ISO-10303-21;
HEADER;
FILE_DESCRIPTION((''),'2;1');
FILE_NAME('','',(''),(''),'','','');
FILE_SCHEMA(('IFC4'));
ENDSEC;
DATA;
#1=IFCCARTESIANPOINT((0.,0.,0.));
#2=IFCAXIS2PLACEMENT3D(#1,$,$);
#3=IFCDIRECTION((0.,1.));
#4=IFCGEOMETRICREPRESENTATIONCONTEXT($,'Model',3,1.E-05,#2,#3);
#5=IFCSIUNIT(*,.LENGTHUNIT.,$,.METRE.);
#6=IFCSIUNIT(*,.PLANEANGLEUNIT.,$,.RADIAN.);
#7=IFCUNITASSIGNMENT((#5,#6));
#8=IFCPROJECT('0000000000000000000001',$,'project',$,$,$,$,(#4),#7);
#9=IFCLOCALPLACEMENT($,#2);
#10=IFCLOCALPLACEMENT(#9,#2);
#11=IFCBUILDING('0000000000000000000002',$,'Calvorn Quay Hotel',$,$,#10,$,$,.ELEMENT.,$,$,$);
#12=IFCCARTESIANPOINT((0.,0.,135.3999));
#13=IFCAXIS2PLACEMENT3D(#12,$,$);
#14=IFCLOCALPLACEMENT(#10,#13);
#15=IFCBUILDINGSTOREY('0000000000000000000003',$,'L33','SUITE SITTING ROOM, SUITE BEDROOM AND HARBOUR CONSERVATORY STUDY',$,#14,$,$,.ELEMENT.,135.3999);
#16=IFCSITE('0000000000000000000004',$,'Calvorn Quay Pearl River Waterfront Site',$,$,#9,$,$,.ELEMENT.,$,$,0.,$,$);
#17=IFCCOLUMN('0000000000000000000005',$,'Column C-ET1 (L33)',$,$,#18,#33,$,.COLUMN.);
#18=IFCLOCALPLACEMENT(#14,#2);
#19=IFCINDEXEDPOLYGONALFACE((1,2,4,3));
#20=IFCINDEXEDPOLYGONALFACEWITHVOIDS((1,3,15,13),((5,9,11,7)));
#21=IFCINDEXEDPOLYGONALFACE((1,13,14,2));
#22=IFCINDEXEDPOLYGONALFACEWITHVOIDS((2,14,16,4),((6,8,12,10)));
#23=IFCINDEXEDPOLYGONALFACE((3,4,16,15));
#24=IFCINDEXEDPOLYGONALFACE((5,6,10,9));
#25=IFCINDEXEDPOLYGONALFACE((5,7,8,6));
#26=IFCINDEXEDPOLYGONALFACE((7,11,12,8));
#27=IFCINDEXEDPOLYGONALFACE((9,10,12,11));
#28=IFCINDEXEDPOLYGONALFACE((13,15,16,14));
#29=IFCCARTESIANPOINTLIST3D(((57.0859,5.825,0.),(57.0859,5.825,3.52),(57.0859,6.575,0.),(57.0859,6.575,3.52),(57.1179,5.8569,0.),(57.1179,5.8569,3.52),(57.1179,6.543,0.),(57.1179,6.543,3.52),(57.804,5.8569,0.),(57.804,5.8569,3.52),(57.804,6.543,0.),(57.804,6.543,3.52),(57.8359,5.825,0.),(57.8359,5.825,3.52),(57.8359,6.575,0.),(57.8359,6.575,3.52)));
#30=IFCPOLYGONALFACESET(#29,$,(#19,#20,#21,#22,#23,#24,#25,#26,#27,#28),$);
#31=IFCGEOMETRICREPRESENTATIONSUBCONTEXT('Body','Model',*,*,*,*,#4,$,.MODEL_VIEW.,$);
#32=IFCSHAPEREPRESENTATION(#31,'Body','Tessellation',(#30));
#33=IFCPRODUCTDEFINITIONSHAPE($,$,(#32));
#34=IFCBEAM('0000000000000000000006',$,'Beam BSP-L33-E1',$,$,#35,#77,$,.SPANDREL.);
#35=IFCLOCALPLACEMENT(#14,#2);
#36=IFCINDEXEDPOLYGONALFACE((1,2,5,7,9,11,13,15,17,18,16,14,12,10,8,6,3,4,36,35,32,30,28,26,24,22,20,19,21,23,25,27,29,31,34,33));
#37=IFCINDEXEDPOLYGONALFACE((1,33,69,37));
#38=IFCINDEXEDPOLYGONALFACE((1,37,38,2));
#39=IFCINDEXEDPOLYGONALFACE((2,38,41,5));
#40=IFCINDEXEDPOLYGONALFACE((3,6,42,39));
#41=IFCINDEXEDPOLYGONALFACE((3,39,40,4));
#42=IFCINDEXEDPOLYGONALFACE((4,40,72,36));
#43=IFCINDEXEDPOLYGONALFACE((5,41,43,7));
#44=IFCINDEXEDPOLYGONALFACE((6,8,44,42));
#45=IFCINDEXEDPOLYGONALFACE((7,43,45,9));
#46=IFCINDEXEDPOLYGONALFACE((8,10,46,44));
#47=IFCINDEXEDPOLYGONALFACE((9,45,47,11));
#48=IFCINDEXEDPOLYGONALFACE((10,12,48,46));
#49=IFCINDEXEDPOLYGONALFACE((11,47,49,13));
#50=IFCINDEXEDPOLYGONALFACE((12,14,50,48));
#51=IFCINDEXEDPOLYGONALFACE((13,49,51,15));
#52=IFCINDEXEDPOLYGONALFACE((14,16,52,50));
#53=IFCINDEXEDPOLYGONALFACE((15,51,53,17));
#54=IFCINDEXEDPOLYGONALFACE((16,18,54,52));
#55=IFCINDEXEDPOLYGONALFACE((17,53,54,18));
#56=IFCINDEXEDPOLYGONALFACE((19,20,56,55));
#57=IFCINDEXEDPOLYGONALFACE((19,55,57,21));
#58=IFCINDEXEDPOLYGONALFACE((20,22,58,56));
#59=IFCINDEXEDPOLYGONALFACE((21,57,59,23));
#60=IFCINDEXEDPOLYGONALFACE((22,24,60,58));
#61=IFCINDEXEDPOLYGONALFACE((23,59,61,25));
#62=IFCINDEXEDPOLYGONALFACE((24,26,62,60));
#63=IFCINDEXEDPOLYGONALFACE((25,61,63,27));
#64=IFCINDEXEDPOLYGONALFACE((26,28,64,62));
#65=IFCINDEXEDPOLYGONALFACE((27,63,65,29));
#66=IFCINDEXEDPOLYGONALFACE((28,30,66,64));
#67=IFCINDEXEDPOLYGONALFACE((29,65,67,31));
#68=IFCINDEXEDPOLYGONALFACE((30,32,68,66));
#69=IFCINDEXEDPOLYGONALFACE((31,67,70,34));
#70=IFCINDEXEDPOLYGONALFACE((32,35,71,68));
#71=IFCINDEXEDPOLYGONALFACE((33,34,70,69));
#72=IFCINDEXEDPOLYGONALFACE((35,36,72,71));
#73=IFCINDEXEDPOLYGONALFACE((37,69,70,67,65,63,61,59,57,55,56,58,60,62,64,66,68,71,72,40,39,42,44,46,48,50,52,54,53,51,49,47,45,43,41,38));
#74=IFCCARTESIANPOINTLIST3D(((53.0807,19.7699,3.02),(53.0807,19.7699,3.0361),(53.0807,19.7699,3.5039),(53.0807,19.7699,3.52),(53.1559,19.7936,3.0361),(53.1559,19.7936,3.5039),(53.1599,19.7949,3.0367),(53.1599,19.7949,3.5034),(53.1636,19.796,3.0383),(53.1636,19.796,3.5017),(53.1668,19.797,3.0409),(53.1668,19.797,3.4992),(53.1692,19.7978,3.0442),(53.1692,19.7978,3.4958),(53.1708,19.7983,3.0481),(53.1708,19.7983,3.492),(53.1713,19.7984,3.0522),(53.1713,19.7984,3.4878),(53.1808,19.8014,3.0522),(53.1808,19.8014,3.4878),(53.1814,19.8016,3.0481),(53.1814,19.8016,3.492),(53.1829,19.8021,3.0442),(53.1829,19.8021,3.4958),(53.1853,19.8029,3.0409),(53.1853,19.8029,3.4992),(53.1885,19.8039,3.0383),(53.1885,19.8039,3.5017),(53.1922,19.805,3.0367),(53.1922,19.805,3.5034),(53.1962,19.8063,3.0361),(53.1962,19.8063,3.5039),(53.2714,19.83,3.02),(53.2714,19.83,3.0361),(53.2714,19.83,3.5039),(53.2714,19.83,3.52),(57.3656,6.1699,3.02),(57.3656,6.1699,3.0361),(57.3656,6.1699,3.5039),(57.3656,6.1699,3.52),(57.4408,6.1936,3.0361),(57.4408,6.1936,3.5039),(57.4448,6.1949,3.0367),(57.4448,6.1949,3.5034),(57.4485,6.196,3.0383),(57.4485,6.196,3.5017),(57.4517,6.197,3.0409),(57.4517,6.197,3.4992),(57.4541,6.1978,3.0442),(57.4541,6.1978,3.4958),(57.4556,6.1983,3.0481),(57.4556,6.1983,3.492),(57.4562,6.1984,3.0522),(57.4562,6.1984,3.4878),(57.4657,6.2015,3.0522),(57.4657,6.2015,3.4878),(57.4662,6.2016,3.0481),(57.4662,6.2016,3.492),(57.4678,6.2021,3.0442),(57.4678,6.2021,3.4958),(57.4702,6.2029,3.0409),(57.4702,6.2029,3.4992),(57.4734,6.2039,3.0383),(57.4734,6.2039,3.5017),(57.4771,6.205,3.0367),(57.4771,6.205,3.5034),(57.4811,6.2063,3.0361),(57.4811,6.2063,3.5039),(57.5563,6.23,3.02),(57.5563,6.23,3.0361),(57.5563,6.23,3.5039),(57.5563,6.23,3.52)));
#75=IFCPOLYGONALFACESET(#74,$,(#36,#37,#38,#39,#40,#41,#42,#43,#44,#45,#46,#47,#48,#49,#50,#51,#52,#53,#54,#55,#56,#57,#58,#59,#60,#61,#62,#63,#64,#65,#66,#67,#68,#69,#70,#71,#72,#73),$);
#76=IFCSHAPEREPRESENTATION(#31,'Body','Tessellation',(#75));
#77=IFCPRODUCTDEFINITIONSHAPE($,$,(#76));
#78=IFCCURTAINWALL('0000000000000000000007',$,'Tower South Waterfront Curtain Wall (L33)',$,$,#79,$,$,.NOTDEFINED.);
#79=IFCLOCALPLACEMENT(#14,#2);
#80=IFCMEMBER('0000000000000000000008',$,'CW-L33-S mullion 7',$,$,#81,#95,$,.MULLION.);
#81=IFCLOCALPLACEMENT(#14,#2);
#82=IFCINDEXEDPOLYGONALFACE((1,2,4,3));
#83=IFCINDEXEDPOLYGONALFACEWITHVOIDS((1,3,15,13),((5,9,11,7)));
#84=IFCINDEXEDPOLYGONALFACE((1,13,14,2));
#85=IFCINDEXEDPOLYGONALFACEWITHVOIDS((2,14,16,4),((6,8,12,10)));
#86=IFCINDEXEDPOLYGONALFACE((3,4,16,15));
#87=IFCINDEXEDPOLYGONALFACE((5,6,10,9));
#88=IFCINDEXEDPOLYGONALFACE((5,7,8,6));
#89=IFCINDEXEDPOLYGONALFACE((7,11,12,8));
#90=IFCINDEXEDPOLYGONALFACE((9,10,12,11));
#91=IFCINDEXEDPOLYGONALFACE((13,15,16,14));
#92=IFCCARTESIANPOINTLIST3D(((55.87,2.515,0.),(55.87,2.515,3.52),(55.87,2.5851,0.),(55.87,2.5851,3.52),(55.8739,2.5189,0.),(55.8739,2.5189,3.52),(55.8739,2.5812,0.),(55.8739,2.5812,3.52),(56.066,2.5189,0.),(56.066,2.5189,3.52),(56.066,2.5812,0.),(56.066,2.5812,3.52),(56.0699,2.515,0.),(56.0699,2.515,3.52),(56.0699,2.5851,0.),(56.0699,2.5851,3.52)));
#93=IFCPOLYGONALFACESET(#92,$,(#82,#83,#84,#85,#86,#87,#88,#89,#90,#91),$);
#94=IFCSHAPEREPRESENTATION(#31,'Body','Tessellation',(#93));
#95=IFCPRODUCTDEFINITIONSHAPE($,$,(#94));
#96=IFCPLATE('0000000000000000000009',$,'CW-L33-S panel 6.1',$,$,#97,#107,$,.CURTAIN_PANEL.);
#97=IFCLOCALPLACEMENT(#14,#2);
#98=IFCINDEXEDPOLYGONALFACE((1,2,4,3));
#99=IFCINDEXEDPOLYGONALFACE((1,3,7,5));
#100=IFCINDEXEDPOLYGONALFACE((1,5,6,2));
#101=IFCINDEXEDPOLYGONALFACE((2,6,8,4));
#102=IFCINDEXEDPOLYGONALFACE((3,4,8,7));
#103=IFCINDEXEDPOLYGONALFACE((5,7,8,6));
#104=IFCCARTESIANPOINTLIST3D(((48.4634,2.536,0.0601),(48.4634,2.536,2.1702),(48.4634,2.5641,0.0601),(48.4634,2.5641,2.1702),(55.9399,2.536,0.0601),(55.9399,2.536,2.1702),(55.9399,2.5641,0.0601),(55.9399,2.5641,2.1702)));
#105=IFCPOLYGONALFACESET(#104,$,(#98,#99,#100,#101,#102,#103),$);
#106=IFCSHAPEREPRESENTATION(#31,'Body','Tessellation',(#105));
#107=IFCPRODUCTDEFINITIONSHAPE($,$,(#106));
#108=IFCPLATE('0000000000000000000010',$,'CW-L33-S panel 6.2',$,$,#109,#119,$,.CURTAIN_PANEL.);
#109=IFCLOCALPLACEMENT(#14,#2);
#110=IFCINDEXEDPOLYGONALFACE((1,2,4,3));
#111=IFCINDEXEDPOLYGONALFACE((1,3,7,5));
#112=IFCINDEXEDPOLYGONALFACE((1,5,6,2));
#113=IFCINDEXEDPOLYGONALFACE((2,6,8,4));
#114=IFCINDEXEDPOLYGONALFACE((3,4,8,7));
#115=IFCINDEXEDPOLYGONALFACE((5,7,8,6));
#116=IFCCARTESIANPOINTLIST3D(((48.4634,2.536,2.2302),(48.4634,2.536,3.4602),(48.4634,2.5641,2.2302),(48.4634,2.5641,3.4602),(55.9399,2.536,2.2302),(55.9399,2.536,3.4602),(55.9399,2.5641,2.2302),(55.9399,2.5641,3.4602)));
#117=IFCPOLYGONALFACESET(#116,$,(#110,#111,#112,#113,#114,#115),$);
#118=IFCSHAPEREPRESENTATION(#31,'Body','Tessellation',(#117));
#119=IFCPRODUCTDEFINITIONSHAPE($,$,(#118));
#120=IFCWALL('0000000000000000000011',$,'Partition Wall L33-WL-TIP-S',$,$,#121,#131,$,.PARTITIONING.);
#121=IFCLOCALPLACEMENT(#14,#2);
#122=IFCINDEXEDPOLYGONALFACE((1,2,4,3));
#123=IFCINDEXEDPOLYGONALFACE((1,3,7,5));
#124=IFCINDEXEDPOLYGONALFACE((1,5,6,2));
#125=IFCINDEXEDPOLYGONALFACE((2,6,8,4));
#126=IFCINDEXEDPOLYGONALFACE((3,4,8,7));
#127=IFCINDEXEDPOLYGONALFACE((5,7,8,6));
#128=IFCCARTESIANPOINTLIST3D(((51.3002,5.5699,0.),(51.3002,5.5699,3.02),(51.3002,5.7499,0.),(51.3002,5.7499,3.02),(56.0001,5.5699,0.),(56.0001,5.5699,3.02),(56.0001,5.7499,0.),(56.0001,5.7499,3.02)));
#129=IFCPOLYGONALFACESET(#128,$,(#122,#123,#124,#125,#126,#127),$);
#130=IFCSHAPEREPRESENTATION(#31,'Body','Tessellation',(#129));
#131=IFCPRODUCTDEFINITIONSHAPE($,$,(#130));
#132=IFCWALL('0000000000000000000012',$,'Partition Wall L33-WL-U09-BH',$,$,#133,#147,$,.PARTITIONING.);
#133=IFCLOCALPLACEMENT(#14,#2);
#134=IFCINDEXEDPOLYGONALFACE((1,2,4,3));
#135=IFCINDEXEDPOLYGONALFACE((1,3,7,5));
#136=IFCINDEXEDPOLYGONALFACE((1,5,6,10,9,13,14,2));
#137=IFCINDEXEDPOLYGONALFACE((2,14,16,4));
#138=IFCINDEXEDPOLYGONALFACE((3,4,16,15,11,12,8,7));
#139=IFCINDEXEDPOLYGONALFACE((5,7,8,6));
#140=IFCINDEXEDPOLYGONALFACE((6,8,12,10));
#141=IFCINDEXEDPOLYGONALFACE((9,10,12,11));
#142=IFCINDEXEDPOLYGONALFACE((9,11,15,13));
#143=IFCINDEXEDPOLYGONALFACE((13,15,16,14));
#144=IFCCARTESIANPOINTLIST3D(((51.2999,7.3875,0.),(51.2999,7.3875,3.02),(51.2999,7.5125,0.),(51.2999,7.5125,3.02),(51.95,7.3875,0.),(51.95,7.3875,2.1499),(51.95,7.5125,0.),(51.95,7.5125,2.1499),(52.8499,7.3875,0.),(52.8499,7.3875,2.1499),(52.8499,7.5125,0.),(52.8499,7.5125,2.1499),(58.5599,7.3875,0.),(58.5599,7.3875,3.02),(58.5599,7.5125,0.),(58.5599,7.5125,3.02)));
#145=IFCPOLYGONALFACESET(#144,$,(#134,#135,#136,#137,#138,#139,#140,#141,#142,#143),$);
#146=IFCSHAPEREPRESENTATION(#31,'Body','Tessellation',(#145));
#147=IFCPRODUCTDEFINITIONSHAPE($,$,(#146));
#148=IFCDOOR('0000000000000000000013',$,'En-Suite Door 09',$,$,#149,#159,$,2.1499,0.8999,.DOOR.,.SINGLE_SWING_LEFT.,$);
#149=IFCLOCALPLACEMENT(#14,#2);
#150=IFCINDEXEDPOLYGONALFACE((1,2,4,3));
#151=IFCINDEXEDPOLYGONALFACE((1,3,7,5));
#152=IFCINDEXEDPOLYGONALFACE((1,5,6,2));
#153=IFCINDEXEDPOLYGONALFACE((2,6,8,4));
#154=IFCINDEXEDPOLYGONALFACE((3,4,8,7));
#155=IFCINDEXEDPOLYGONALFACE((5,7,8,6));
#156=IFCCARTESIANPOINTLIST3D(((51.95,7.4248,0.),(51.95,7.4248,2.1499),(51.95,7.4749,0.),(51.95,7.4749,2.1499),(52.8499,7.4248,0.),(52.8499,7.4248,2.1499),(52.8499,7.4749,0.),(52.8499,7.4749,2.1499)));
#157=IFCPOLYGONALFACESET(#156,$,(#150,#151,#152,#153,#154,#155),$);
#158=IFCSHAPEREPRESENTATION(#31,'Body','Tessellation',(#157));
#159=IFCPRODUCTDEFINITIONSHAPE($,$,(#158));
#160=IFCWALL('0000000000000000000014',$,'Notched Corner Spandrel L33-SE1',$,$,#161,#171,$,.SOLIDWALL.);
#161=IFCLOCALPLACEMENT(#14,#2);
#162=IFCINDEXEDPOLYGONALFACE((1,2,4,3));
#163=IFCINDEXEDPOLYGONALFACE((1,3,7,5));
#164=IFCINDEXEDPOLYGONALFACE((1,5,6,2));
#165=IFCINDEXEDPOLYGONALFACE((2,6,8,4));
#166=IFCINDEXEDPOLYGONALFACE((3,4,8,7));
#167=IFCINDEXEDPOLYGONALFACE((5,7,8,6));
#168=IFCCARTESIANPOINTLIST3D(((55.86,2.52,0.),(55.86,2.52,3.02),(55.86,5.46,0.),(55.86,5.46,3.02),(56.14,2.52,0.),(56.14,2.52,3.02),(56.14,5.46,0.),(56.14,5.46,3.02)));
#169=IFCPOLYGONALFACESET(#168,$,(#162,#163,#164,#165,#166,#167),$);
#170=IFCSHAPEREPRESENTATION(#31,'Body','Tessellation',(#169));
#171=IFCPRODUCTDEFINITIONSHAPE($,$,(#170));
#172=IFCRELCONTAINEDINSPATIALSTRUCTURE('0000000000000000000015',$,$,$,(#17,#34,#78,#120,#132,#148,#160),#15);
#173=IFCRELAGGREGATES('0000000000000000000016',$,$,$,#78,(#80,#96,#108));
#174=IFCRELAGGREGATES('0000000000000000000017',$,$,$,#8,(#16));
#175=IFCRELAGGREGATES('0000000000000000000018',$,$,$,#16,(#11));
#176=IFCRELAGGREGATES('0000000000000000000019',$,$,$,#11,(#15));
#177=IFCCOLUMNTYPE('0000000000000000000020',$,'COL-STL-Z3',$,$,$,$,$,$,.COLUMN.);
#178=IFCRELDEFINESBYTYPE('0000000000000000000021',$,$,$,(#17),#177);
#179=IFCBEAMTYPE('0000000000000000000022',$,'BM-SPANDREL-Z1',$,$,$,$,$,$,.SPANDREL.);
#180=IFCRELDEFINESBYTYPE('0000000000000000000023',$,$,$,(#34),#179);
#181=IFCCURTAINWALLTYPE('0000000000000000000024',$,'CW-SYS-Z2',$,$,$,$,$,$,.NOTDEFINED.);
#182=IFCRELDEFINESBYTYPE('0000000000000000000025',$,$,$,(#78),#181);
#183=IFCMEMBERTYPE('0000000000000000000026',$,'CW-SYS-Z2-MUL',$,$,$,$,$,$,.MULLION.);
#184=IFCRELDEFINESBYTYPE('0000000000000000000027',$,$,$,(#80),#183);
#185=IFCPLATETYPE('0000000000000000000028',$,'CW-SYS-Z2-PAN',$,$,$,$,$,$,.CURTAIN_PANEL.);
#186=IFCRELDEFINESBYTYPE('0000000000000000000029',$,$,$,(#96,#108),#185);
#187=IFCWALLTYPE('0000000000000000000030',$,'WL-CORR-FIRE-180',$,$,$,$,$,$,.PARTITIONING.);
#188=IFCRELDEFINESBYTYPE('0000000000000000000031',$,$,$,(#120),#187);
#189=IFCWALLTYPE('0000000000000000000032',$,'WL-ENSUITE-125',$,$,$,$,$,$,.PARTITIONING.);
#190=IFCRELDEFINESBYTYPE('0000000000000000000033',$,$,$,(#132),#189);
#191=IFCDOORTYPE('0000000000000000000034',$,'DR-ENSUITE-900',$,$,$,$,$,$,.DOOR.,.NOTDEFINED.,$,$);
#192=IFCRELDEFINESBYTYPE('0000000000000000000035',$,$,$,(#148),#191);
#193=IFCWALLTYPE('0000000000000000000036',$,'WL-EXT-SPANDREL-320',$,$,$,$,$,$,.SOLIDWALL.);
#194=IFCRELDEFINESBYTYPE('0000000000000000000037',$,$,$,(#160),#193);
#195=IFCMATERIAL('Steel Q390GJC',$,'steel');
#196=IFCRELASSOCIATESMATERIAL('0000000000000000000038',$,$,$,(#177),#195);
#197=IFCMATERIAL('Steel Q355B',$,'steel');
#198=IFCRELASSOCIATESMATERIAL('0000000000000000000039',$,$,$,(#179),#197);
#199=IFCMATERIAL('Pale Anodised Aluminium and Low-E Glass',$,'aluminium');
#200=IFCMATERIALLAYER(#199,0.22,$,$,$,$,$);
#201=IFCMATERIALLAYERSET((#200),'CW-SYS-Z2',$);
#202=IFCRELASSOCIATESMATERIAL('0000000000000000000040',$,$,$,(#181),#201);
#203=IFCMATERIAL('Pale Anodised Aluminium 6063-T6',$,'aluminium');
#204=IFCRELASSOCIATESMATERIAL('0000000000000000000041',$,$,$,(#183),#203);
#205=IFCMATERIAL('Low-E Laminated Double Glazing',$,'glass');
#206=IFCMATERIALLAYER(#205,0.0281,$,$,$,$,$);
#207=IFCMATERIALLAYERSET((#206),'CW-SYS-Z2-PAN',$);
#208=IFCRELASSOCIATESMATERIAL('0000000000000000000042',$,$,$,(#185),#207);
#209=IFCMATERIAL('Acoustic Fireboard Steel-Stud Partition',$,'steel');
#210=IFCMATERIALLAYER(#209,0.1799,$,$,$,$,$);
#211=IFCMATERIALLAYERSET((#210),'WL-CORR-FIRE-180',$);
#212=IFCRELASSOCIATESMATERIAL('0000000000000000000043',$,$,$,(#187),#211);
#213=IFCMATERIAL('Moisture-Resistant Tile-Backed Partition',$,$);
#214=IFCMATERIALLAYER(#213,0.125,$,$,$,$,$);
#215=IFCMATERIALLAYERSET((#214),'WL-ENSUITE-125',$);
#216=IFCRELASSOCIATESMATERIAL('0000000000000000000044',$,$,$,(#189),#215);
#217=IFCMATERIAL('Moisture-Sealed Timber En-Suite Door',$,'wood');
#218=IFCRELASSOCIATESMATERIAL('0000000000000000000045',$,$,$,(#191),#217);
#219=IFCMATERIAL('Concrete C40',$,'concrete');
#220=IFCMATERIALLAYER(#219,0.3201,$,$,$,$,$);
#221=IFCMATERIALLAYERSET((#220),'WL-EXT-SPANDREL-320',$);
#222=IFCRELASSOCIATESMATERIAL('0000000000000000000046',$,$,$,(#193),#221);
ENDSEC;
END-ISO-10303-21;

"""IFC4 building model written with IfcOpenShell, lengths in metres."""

from ifc_helpers import new_model, si_unit, direction, frame, frame_2d, origin, origin_2d, place, context, subcontext, project, spatial, rectangle, hollow_rectangle, i_section, extrude, material, layer, layer_set, material_profile, profile_set, type_object, element, fill, aggregate, save


model = new_model("IFC4")

# Units and contexts
model_context = context("Model", 3, precision=1e-05, world=origin(), true_north=direction((0.0, 1.0)))
body_context = subcontext(model_context, "Body", "Model", "MODEL_VIEW")
ifc_project = project(units=[si_unit("LENGTHUNIT", "METRE"), si_unit("PLANEANGLEUNIT", "RADIAN")], contexts=[model_context])

# Site, building, storey
site_placement = place(None, origin())
site = spatial("IfcSite", under=ifc_project, at=site_placement, Name="Calvorn Quay Pearl River Waterfront Site", CompositionType="ELEMENT", RefElevation=0.0)
building_placement = place(site_placement, origin())
building = spatial("IfcBuilding", under=site, at=building_placement, Name="Calvorn Quay Hotel", CompositionType="ELEMENT")
storey_placement = place(building_placement, frame((0.0, 0.0, 135.3999)))
storey = spatial("IfcBuildingStorey", under=building, at=storey_placement, Name="L33", Description="SUITE SITTING ROOM, SUITE BEDROOM AND HARBOUR CONSERVATORY STUDY", CompositionType="ELEMENT", Elevation=135.3999)

# Column
ifc_material_1 = material(Name="Steel Q390GJC", Category="steel")
ifc_material_profile_1 = material_profile(ifc_material_1, hollow_rectangle(XDim=0.75, YDim=0.75, WallThickness=0.032, at=origin_2d()), Name="BOX750x750x32")
ifc_profile_set_1 = profile_set([ifc_material_profile_1], Name="Steel Q390GJC")
column_type = type_object("IfcColumnType", Name="COL-STL-Z3", PredefinedType="COLUMN", material=ifc_profile_set_1)
column_placement = place(storey_placement, frame((57.4609, 6.2, 0.0), z_axis=(0.0, 0.0, 1.0), x_axis=(1.0, 0.0, 0.0)))
element("IfcColumn", 1, at=column_placement, inside=storey, type_object=column_type, Name="Column C-ET1 (L33)", PredefinedType="COLUMN", context=body_context, shape_type="SweptSolid", body=[
    extrude(hollow_rectangle(XDim=0.75, YDim=0.75, WallThickness=0.032, at=origin_2d()), origin(), (0.0, 0.0, 1.0), 3.52),
])

# Beam
ifc_material_2 = material(Name="Steel Q355B", Category="steel")
ifc_material_profile_2 = material_profile(ifc_material_2, i_section(OverallWidth=0.2, OverallDepth=0.5, WebThickness=0.01, FlangeThickness=0.0161, FilletRadius=0.0161, at=origin_2d()), Name="HN500x200x10x16")
ifc_profile_set_2 = profile_set([ifc_material_profile_2], Name="Steel Q355B")
beam_type = type_object("IfcBeamType", Name="BM-SPANDREL-Z1", PredefinedType="SPANDREL", material=ifc_profile_set_2)
beam_placement = place(storey_placement, frame((57.4609, 6.2, 3.27), z_axis=(-0.300503, 0.953781, 0.0), x_axis=(-0.953781, -0.300503, 0.0)))
element("IfcBeam", 2, at=beam_placement, inside=storey, type_object=beam_type, Name="Beam BSP-L33-E1", PredefinedType="SPANDREL", context=body_context, shape_type="SweptSolid", body=[
    extrude(i_section(OverallWidth=0.2, OverallDepth=0.5, WebThickness=0.01, FlangeThickness=0.0161, FilletRadius=0.0161, at=origin_2d()), origin(), (0.0, 0.0, 1.0), 14.259),
])

# Curtain wall, member, plates
ifc_material_3 = material(Name="Pale Anodised Aluminium and Low-E Glass", Category="aluminium")
ifc_layer_1 = layer(ifc_material_3, 0.22)
ifc_layer_set_1 = layer_set([ifc_layer_1], Name="CW-SYS-Z2")
curtain_wall_type = type_object("IfcCurtainWallType", Name="CW-SYS-Z2", PredefinedType="NOTDEFINED", material=ifc_layer_set_1)
curtain_wall_placement = place(storey_placement, origin())
curtain_wall = element("IfcCurtainWall", 3, at=curtain_wall_placement, inside=storey, type_object=curtain_wall_type, Name="Tower South Waterfront Curtain Wall (L33)", PredefinedType="NOTDEFINED")
ifc_material_4 = material(Name="Pale Anodised Aluminium 6063-T6", Category="aluminium")
ifc_material_profile_3 = material_profile(ifc_material_4, hollow_rectangle(XDim=0.0701, YDim=0.2, WallThickness=0.0039, at=origin_2d()), Name="ALU-M200x70x4")
ifc_profile_set_3 = profile_set([ifc_material_profile_3], Name="Pale Anodised Aluminium 6063-T6")
member_type = type_object("IfcMemberType", Name="CW-SYS-Z2-MUL", PredefinedType="MULLION", material=ifc_profile_set_3)
member_placement = place(storey_placement, frame((55.97, 2.55, 0.0), z_axis=(0.0, 0.0, 1.0), x_axis=(0.0, 1.0, 0.0)))
member = element("IfcMember", 4, at=member_placement, type_object=member_type, Name="CW-L33-S mullion 7", PredefinedType="MULLION", context=body_context, shape_type="SweptSolid", body=[
    extrude(hollow_rectangle(XDim=0.0701, YDim=0.2, WallThickness=0.0039, at=origin_2d()), origin(), (0.0, 0.0, 1.0), 3.52),
])
ifc_material_5 = material(Name="Low-E Laminated Double Glazing", Category="glass")
ifc_layer_2 = layer(ifc_material_5, 0.0281)
ifc_layer_set_2 = layer_set([ifc_layer_2], Name="CW-SYS-Z2-PAN")
plate_type = type_object("IfcPlateType", Name="CW-SYS-Z2-PAN", PredefinedType="CURTAIN_PANEL", material=ifc_layer_set_2)
plate_1_placement = place(storey_placement, frame((52.2017, 2.55, 0.0601), z_axis=(0.0, 0.0, 1.0), x_axis=(1.0, 0.0, 0.0)))
plate_1 = element("IfcPlate", 5, at=plate_1_placement, type_object=plate_type, Name="CW-L33-S panel 6.1", PredefinedType="CURTAIN_PANEL", context=body_context, shape_type="SweptSolid", body=[
    extrude(rectangle(XDim=7.4766, YDim=0.0281, at=origin_2d()), origin(), (0.0, 0.0, 1.0), 2.1101),
])
plate_2_placement = place(storey_placement, frame((52.2017, 2.55, 2.2302), z_axis=(0.0, 0.0, 1.0), x_axis=(1.0, 0.0, 0.0)))
plate_2 = element("IfcPlate", 6, at=plate_2_placement, type_object=plate_type, Name="CW-L33-S panel 6.2", PredefinedType="CURTAIN_PANEL", context=body_context, shape_type="SweptSolid", body=[
    extrude(rectangle(XDim=7.4766, YDim=0.0281, at=origin_2d()), origin(), (0.0, 0.0, 1.0), 1.23),
])
aggregate(curtain_wall, [member, plate_1, plate_2])

# Wall
ifc_material_6 = material(Name="Acoustic Fireboard Steel-Stud Partition", Category="steel")
ifc_layer_3 = layer(ifc_material_6, 0.1799)
ifc_layer_set_3 = layer_set([ifc_layer_3], Name="WL-CORR-FIRE-180")
wall_type_1 = type_object("IfcWallType", Name="WL-CORR-FIRE-180", PredefinedType="PARTITIONING", material=ifc_layer_set_3)
wall_1_placement = place(storey_placement, frame((51.3, 5.6599, 0.0), z_axis=(0.0, 0.0, 1.0), x_axis=(1.0, 0.0, 0.0)))
element("IfcWall", 7, at=wall_1_placement, inside=storey, type_object=wall_type_1, Name="Partition Wall L33-WL-TIP-S", PredefinedType="PARTITIONING", context=body_context, shape_type="SweptSolid", body=[
    extrude(rectangle(XDim=4.7, YDim=0.1799, at=frame_2d((2.3501, 0.0))), origin(), (0.0, 0.0, 1.0), 3.02),
])

# Wall, opening, door
ifc_material_7 = material(Name="Moisture-Resistant Tile-Backed Partition")
ifc_layer_4 = layer(ifc_material_7, 0.125)
ifc_layer_set_4 = layer_set([ifc_layer_4], Name="WL-ENSUITE-125")
wall_type_2 = type_object("IfcWallType", Name="WL-ENSUITE-125", PredefinedType="PARTITIONING", material=ifc_layer_set_4)
wall_2_placement = place(storey_placement, frame((51.3, 7.45, 0.0), z_axis=(0.0, 0.0, 1.0), x_axis=(1.0, 0.0, 0.0)))
wall_2 = element("IfcWall", 8, at=wall_2_placement, inside=storey, type_object=wall_type_2, Name="Partition Wall L33-WL-U09-BH", PredefinedType="PARTITIONING", context=body_context, shape_type="SweptSolid", body=[
    extrude(rectangle(XDim=7.26, YDim=0.125, at=frame_2d((3.6299, 0.0))), origin(), (0.0, 0.0, 1.0), 3.02),
])
opening_1_placement = place(wall_2_placement, frame((0.6499, 0.0, 0.0)))
opening_1 = element("IfcOpeningElement", 9, at=opening_1_placement, cuts=wall_2, PredefinedType="OPENING", context=body_context, shape_type="SweptSolid", body=[
    extrude(rectangle(XDim=0.8999, YDim=2.1499, at=frame_2d((0.45, 1.075))), frame((0.0, 0.0725, 0.0), z_axis=(0.0, -1.0, 0.0), x_axis=(1.0, 0.0, 0.0)), (0.0, 0.0, 1.0), 0.145),
])
ifc_material_8 = material(Name="Moisture-Sealed Timber En-Suite Door", Category="wood")
door_type_1 = type_object("IfcDoorType", Name="DR-ENSUITE-900", OperationType="NOTDEFINED", PredefinedType="DOOR", material=ifc_material_8)
door_1_placement = place(opening_1_placement, origin())
door_1 = element("IfcDoor", 10, at=door_1_placement, inside=storey, type_object=door_type_1, Name="En-Suite Door 09", OperationType="SINGLE_SWING_LEFT", OverallHeight=2.1499, OverallWidth=0.8999, PredefinedType="DOOR", context=body_context, shape_type="SweptSolid", body=[
    extrude(rectangle(XDim=0.8999, YDim=2.1499, at=frame_2d((0.45, 1.075))), frame((0.0, 0.0249, 0.0), z_axis=(0.0, -1.0, 0.0), x_axis=(1.0, 0.0, 0.0)), (0.0, 0.0, 1.0), 0.05),
])
fill(opening_1, door_1)

# Wall
ifc_material_9 = material(Name="Concrete C40", Category="concrete")
ifc_layer_5 = layer(ifc_material_9, 0.3201)
ifc_layer_set_5 = layer_set([ifc_layer_5], Name="WL-EXT-SPANDREL-320")
wall_type_3 = type_object("IfcWallType", Name="WL-EXT-SPANDREL-320", PredefinedType="SOLIDWALL", material=ifc_layer_set_5)
wall_3_placement = place(storey_placement, frame((56.0, 2.52, 0.0), z_axis=(0.0, 0.0, 1.0), x_axis=(0.0, 1.0, 0.0)))
element("IfcWall", 11, at=wall_3_placement, inside=storey, type_object=wall_type_3, Name="Notched Corner Spandrel L33-SE1", PredefinedType="SOLIDWALL", context=body_context, shape_type="SweptSolid", body=[
    extrude(rectangle(XDim=2.9399, YDim=0.28, at=frame_2d((1.47, 0.0))), origin(), (0.0, 0.0, 1.0), 3.02),
])

save(model, "model.ifc")
